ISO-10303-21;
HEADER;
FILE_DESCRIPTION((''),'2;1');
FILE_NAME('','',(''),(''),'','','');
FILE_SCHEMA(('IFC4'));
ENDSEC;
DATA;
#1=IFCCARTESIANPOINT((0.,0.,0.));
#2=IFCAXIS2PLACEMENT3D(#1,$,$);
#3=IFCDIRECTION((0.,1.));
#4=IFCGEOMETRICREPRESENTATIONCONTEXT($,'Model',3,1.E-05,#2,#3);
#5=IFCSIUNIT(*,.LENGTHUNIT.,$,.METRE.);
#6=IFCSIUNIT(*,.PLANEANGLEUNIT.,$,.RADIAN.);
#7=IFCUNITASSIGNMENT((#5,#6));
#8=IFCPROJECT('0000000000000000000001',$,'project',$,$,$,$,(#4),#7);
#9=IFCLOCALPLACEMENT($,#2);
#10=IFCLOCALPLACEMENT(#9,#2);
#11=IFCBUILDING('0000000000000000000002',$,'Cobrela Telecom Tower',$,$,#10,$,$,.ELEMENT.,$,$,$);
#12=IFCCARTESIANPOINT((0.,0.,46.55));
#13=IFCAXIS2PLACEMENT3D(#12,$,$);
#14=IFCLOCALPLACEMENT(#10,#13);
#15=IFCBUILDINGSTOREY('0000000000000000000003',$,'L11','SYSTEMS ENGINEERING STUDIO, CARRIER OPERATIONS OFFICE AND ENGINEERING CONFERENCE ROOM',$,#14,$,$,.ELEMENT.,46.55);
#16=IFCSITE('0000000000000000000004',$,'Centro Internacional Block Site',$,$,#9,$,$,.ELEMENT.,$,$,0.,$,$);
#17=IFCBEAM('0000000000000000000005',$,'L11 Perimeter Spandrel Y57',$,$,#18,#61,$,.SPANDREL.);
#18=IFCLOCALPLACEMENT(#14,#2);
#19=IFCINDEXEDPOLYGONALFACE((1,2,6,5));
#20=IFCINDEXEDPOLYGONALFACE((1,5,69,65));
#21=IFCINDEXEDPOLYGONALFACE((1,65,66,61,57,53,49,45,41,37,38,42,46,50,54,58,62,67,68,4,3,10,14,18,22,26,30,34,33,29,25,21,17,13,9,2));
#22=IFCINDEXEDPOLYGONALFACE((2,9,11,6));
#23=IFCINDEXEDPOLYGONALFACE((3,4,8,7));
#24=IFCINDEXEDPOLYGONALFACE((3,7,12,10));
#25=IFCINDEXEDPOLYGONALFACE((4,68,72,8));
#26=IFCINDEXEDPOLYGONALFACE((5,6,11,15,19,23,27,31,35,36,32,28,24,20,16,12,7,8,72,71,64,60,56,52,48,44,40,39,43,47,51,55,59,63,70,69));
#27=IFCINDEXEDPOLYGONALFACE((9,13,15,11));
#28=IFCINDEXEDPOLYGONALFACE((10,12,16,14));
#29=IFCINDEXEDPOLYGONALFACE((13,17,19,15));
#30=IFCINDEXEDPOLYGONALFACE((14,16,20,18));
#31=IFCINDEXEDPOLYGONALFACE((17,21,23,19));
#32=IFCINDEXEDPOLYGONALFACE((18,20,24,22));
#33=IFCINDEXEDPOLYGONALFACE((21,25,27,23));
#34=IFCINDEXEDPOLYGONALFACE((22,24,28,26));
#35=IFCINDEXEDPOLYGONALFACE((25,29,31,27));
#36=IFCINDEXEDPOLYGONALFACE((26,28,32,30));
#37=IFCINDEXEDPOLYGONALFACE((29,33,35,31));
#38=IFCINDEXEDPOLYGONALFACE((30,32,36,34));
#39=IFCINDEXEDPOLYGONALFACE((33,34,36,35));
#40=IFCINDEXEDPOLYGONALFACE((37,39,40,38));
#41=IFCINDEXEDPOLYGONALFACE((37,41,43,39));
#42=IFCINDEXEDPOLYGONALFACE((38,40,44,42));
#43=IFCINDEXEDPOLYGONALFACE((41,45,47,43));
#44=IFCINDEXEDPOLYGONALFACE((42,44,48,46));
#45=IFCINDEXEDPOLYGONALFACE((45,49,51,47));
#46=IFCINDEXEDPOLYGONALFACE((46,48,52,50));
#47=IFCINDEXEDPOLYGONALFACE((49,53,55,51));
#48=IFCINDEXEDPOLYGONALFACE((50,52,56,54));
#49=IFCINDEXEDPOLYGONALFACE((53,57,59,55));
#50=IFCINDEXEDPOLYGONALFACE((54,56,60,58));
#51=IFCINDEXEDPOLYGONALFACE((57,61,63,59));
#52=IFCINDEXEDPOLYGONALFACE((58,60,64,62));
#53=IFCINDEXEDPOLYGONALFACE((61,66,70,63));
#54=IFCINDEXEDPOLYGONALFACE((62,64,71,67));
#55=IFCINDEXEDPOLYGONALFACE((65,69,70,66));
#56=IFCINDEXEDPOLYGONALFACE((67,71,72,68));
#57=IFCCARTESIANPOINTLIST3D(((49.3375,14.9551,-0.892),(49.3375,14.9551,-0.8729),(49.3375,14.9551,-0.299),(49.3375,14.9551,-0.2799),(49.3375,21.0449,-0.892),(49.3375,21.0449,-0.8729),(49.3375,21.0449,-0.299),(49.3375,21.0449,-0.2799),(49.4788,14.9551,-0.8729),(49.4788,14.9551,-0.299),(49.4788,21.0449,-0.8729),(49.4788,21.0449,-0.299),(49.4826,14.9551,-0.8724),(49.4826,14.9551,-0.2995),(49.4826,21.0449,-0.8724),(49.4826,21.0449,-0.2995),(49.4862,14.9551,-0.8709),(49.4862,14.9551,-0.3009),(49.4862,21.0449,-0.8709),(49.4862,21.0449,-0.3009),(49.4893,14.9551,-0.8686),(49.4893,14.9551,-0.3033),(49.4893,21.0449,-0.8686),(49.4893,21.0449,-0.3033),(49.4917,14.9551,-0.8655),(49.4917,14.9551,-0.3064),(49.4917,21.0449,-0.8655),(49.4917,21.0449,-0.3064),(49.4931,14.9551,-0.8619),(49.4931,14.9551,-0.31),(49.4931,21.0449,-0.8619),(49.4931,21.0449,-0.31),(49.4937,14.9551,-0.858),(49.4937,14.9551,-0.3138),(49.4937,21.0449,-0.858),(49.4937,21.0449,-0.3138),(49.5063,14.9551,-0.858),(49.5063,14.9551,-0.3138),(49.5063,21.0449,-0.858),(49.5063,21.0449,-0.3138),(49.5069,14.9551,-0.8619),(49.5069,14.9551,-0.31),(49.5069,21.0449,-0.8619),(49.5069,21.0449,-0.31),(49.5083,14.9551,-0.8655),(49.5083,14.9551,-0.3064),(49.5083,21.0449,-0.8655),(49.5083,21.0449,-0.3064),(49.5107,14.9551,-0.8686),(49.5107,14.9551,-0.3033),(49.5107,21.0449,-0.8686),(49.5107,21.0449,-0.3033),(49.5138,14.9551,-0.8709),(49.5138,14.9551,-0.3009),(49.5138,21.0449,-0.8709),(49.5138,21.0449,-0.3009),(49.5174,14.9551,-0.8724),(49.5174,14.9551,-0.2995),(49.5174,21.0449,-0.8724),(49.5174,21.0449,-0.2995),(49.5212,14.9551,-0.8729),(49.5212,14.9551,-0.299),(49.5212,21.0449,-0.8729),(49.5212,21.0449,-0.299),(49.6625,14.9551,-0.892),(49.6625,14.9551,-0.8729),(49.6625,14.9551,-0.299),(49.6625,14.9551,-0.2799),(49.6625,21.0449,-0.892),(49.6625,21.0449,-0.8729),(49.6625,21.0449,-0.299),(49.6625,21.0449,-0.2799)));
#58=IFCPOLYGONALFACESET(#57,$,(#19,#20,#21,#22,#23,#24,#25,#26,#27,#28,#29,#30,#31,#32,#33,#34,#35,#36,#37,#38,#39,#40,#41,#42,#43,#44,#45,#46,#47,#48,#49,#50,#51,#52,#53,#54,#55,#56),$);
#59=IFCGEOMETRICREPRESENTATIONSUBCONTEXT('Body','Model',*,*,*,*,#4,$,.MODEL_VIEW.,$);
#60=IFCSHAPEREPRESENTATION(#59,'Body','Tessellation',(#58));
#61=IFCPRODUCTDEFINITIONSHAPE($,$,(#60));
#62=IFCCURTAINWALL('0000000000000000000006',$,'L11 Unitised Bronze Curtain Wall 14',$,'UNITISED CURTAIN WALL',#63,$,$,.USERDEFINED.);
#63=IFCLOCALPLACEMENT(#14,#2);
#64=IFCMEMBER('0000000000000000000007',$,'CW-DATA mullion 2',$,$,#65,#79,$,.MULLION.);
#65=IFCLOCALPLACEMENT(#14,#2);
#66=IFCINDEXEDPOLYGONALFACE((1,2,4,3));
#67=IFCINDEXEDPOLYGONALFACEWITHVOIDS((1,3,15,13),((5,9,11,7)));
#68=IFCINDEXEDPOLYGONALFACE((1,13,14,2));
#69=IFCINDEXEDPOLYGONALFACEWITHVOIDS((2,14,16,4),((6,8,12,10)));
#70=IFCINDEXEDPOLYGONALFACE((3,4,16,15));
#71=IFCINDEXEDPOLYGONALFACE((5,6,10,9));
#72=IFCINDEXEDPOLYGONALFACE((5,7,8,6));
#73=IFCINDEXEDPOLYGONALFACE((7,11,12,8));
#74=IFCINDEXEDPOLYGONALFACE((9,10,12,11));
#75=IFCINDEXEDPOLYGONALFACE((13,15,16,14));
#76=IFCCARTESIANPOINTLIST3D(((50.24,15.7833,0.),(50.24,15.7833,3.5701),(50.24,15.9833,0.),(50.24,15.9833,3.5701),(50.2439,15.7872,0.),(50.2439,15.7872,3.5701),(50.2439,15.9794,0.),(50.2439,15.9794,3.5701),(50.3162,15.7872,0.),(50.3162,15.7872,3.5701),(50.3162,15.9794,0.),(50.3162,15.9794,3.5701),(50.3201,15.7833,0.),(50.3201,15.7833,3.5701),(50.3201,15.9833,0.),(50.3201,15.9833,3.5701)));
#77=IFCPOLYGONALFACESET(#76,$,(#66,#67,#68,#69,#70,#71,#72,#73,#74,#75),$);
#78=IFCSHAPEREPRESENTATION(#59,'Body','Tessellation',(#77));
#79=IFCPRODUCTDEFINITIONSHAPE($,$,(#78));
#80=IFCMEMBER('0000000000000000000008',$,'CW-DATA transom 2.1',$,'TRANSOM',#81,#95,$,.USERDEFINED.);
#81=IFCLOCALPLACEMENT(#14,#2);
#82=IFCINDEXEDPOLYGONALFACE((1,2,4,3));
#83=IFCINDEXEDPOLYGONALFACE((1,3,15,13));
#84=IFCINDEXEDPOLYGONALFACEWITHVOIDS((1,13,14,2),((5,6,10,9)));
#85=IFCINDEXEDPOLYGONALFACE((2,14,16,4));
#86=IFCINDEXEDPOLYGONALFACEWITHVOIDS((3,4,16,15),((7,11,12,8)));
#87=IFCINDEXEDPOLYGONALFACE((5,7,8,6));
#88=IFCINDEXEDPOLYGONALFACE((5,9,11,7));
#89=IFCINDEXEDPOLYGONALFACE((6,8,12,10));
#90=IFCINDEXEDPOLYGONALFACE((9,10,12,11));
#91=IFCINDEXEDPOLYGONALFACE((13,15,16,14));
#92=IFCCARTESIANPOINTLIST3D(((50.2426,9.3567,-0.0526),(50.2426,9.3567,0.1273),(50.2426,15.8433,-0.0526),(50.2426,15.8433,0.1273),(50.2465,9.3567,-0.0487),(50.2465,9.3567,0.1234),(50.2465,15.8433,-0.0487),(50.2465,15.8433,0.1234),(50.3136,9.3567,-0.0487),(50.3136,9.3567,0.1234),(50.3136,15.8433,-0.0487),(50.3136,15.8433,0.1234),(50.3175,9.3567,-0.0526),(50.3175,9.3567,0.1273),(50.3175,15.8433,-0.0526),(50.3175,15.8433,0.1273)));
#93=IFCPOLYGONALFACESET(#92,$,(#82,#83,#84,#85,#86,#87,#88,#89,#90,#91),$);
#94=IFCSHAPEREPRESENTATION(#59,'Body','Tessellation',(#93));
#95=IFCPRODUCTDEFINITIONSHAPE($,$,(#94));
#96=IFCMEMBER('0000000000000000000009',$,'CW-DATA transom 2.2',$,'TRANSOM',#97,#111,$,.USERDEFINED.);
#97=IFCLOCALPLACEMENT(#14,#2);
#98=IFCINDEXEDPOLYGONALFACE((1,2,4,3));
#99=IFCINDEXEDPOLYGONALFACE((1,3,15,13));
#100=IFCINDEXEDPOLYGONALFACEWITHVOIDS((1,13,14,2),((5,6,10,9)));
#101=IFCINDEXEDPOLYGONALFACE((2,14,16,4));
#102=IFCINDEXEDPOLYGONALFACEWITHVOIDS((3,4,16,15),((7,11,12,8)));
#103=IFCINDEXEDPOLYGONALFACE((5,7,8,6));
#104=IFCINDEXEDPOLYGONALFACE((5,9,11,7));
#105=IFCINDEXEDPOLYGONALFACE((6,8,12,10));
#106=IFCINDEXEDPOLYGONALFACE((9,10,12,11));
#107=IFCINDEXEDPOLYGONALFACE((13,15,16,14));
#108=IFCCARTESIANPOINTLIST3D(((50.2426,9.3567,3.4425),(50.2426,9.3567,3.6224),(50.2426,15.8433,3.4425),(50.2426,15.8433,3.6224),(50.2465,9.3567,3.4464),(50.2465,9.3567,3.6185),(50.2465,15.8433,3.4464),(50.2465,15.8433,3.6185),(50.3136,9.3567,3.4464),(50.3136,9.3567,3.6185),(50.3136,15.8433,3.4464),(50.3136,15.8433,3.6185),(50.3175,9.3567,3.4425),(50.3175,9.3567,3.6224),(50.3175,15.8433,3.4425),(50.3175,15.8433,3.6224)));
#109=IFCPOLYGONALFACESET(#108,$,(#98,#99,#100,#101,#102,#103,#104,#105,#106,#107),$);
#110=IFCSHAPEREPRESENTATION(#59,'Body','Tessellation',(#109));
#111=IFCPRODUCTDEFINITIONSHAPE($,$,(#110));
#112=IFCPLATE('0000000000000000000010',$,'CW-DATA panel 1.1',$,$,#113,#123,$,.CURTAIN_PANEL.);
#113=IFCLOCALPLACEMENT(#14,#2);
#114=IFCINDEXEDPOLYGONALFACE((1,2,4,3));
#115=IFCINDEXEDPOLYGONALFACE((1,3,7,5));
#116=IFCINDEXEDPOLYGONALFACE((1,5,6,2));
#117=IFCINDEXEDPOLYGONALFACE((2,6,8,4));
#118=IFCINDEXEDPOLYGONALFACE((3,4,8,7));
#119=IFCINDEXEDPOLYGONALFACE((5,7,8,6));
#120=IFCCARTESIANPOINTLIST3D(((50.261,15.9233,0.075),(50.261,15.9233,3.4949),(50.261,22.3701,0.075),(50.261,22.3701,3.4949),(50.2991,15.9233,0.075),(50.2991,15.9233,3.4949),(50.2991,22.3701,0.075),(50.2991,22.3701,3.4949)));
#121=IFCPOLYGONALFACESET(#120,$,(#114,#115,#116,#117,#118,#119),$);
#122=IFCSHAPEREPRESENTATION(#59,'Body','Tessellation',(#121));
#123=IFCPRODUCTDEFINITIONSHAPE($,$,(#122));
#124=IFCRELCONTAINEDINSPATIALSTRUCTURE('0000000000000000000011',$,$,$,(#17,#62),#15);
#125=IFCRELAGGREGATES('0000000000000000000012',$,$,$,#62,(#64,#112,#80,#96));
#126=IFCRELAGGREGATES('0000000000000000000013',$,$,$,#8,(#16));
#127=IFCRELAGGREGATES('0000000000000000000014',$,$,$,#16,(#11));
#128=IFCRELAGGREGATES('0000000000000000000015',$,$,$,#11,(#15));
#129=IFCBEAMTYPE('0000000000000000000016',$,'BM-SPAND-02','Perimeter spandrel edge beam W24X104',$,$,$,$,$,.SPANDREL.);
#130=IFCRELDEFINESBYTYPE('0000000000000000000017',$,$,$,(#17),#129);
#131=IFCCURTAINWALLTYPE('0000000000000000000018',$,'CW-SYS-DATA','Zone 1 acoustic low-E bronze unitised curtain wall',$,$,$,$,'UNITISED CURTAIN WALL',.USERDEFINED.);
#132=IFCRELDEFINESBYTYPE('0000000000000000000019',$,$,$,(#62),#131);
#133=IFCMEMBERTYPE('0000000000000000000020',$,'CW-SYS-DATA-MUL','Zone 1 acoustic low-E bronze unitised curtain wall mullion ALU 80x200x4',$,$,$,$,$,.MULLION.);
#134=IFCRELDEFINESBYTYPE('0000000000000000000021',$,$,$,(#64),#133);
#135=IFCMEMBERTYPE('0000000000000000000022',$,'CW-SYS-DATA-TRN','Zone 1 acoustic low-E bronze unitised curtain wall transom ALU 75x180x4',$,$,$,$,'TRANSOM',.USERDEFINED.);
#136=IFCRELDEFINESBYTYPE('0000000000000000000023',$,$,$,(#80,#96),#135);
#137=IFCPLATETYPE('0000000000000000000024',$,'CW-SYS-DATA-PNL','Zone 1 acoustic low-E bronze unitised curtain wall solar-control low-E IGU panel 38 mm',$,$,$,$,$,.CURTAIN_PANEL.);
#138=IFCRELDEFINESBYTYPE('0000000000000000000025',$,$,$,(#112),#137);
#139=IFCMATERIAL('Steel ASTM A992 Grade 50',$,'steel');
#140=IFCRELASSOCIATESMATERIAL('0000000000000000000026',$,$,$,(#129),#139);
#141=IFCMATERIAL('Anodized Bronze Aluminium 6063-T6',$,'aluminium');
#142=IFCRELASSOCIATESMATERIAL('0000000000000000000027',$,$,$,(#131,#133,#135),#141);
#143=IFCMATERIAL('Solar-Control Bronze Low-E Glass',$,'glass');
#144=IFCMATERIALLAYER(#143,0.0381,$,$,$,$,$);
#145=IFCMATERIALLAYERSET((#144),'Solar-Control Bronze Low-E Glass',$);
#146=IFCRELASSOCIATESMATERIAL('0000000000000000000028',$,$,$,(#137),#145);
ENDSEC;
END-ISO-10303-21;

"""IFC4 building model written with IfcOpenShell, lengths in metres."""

from ifc_helpers import new_model, si_unit, direction, frame, origin, origin_2d, place, context, subcontext, project, spatial, rectangle, hollow_rectangle, i_section, extrude, material, layer, layer_set, material_profile, profile_set, type_object, element, aggregate, save


model = new_model("IFC4")

# Units and contexts
model_context = context("Model", 3, precision=1e-05, world=origin(), true_north=direction((0.0, 1.0)))
body_context = subcontext(model_context, "Body", "Model", "MODEL_VIEW")
ifc_project = project(units=[si_unit("LENGTHUNIT", "METRE"), si_unit("PLANEANGLEUNIT", "RADIAN")], contexts=[model_context])

# Site, building, storey
site_placement = place(None, origin())
site = spatial("IfcSite", under=ifc_project, at=site_placement, Name="Centro Internacional Block Site", CompositionType="ELEMENT", RefElevation=0.0)
building_placement = place(site_placement, origin())
building = spatial("IfcBuilding", under=site, at=building_placement, Name="Cobrela Telecom Tower", CompositionType="ELEMENT")
storey_placement = place(building_placement, frame((0.0, 0.0, 46.55)))
storey = spatial("IfcBuildingStorey", under=building, at=storey_placement, Name="L11", Description="SYSTEMS ENGINEERING STUDIO, CARRIER OPERATIONS OFFICE AND ENGINEERING CONFERENCE ROOM", CompositionType="ELEMENT", Elevation=46.55)

# Shared definitions
ifc_material_1 = material(Name="Steel ASTM A992 Grade 50", Category="steel")

# Beam
ifc_material_profile_1 = material_profile(ifc_material_1, i_section(OverallWidth=0.325, OverallDepth=0.6121, WebThickness=0.0127, FlangeThickness=0.019, FilletRadius=0.0149, at=origin_2d()), Name="W24X104")
ifc_profile_set_1 = profile_set([ifc_material_profile_1], Name="Steel ASTM A992 Grade 50")
beam_type_1 = type_object("IfcBeamType", Name="BM-SPAND-02", Description="Perimeter spandrel edge beam W24X104", PredefinedType="SPANDREL", material=ifc_profile_set_1)
beam_placement = place(storey_placement, frame((49.5, 14.9551, -0.5859), z_axis=(0.0, 1.0, 0.0), x_axis=(-1.0, 0.0, 0.0)))
element("IfcBeam", 1, at=beam_placement, inside=storey, type_object=beam_type_1, Name="L11 Perimeter Spandrel Y57", PredefinedType="SPANDREL", context=body_context, shape_type="SweptSolid", body=[
    extrude(i_section(OverallWidth=0.325, OverallDepth=0.6121, WebThickness=0.0127, FlangeThickness=0.019, FilletRadius=0.0149, at=origin_2d()), origin(), (0.0, 0.0, 1.0), 6.0898),
])

# Curtain wall, members, plate
ifc_material_2 = material(Name="Anodized Bronze Aluminium 6063-T6", Category="aluminium")
curtain_wall_type = type_object("IfcCurtainWallType", Name="CW-SYS-DATA", Description="Zone 1 acoustic low-E bronze unitised curtain wall", ElementType="UNITISED CURTAIN WALL", PredefinedType="USERDEFINED", material=ifc_material_2)
curtain_wall_placement = place(storey_placement, origin())
curtain_wall = element("IfcCurtainWall", 2, at=curtain_wall_placement, inside=storey, type_object=curtain_wall_type, Name="L11 Unitised Bronze Curtain Wall 14", ObjectType="UNITISED CURTAIN WALL", PredefinedType="USERDEFINED")
ifc_material_profile_2 = material_profile(ifc_material_2, hollow_rectangle(XDim=0.0801, YDim=0.2, WallThickness=0.0039, at=origin_2d()), Name="ALU 80x200x4")
ifc_profile_set_2 = profile_set([ifc_material_profile_2], Name="Anodized Bronze Aluminium 6063-T6")
member_type_1 = type_object("IfcMemberType", Name="CW-SYS-DATA-MUL", Description="Zone 1 acoustic low-E bronze unitised curtain wall mullion ALU 80x200x4", PredefinedType="MULLION", material=ifc_profile_set_2)
member_1_placement = place(storey_placement, frame((50.28, 15.8833, 0.0), z_axis=(0.0, 0.0, 1.0), x_axis=(1.0, 0.0, 0.0)))
member_1 = element("IfcMember", 3, at=member_1_placement, type_object=member_type_1, Name="CW-DATA mullion 2", PredefinedType="MULLION", context=body_context, shape_type="SweptSolid", body=[
    extrude(hollow_rectangle(XDim=0.0801, YDim=0.2, WallThickness=0.0039, at=origin_2d()), origin(), (0.0, 0.0, 1.0), 3.5701),
])
ifc_material_profile_3 = material_profile(ifc_material_2, hollow_rectangle(XDim=0.075, YDim=0.1799, WallThickness=0.0039, at=origin_2d()), Name="ALU 75x180x4")
ifc_profile_set_3 = profile_set([ifc_material_profile_3], Name="Anodized Bronze Aluminium 6063-T6")
member_type_2 = type_object("IfcMemberType", Name="CW-SYS-DATA-TRN", Description="Zone 1 acoustic low-E bronze unitised curtain wall transom ALU 75x180x4", ElementType="TRANSOM", PredefinedType="USERDEFINED", material=ifc_profile_set_3)
member_2_placement = place(storey_placement, frame((50.28, 15.8433, 0.0374), z_axis=(0.0, -1.0, 0.0), x_axis=(1.0, 0.0, 0.0)))
member_2 = element("IfcMember", 4, at=member_2_placement, type_object=member_type_2, Name="CW-DATA transom 2.1", ObjectType="TRANSOM", PredefinedType="USERDEFINED", context=body_context, shape_type="SweptSolid", body=[
    extrude(hollow_rectangle(XDim=0.075, YDim=0.1799, WallThickness=0.0039, at=origin_2d()), origin(), (0.0, 0.0, 1.0), 6.4866),
])
member_3_placement = place(storey_placement, frame((50.28, 15.8433, 3.5325), z_axis=(0.0, -1.0, 0.0), x_axis=(1.0, 0.0, 0.0)))
member_3 = element("IfcMember", 5, at=member_3_placement, type_object=member_type_2, Name="CW-DATA transom 2.2", ObjectType="TRANSOM", PredefinedType="USERDEFINED", context=body_context, shape_type="SweptSolid", body=[
    extrude(hollow_rectangle(XDim=0.075, YDim=0.1799, WallThickness=0.0039, at=origin_2d()), origin(), (0.0, 0.0, 1.0), 6.4866),
])
ifc_material_3 = material(Name="Solar-Control Bronze Low-E Glass", Category="glass")
ifc_layer = layer(ifc_material_3, 0.0381)
ifc_layer_set = layer_set([ifc_layer], Name="Solar-Control Bronze Low-E Glass")
plate_type = type_object("IfcPlateType", Name="CW-SYS-DATA-PNL", Description="Zone 1 acoustic low-E bronze unitised curtain wall solar-control low-E IGU panel 38 mm", PredefinedType="CURTAIN_PANEL", material=ifc_layer_set)
plate_placement = place(storey_placement, frame((50.28, 19.1467, 0.075), z_axis=(0.0, 0.0, 1.0), x_axis=(0.0, -1.0, 0.0)))
plate = element("IfcPlate", 6, at=plate_placement, type_object=plate_type, Name="CW-DATA panel 1.1", PredefinedType="CURTAIN_PANEL", context=body_context, shape_type="SweptSolid", body=[
    extrude(rectangle(XDim=6.4468, YDim=0.0381, at=origin_2d()), origin(), (0.0, 0.0, 1.0), 3.4199),
])
aggregate(curtain_wall, [member_1, plate, member_2, member_3])

save(model, "model.ifc")
